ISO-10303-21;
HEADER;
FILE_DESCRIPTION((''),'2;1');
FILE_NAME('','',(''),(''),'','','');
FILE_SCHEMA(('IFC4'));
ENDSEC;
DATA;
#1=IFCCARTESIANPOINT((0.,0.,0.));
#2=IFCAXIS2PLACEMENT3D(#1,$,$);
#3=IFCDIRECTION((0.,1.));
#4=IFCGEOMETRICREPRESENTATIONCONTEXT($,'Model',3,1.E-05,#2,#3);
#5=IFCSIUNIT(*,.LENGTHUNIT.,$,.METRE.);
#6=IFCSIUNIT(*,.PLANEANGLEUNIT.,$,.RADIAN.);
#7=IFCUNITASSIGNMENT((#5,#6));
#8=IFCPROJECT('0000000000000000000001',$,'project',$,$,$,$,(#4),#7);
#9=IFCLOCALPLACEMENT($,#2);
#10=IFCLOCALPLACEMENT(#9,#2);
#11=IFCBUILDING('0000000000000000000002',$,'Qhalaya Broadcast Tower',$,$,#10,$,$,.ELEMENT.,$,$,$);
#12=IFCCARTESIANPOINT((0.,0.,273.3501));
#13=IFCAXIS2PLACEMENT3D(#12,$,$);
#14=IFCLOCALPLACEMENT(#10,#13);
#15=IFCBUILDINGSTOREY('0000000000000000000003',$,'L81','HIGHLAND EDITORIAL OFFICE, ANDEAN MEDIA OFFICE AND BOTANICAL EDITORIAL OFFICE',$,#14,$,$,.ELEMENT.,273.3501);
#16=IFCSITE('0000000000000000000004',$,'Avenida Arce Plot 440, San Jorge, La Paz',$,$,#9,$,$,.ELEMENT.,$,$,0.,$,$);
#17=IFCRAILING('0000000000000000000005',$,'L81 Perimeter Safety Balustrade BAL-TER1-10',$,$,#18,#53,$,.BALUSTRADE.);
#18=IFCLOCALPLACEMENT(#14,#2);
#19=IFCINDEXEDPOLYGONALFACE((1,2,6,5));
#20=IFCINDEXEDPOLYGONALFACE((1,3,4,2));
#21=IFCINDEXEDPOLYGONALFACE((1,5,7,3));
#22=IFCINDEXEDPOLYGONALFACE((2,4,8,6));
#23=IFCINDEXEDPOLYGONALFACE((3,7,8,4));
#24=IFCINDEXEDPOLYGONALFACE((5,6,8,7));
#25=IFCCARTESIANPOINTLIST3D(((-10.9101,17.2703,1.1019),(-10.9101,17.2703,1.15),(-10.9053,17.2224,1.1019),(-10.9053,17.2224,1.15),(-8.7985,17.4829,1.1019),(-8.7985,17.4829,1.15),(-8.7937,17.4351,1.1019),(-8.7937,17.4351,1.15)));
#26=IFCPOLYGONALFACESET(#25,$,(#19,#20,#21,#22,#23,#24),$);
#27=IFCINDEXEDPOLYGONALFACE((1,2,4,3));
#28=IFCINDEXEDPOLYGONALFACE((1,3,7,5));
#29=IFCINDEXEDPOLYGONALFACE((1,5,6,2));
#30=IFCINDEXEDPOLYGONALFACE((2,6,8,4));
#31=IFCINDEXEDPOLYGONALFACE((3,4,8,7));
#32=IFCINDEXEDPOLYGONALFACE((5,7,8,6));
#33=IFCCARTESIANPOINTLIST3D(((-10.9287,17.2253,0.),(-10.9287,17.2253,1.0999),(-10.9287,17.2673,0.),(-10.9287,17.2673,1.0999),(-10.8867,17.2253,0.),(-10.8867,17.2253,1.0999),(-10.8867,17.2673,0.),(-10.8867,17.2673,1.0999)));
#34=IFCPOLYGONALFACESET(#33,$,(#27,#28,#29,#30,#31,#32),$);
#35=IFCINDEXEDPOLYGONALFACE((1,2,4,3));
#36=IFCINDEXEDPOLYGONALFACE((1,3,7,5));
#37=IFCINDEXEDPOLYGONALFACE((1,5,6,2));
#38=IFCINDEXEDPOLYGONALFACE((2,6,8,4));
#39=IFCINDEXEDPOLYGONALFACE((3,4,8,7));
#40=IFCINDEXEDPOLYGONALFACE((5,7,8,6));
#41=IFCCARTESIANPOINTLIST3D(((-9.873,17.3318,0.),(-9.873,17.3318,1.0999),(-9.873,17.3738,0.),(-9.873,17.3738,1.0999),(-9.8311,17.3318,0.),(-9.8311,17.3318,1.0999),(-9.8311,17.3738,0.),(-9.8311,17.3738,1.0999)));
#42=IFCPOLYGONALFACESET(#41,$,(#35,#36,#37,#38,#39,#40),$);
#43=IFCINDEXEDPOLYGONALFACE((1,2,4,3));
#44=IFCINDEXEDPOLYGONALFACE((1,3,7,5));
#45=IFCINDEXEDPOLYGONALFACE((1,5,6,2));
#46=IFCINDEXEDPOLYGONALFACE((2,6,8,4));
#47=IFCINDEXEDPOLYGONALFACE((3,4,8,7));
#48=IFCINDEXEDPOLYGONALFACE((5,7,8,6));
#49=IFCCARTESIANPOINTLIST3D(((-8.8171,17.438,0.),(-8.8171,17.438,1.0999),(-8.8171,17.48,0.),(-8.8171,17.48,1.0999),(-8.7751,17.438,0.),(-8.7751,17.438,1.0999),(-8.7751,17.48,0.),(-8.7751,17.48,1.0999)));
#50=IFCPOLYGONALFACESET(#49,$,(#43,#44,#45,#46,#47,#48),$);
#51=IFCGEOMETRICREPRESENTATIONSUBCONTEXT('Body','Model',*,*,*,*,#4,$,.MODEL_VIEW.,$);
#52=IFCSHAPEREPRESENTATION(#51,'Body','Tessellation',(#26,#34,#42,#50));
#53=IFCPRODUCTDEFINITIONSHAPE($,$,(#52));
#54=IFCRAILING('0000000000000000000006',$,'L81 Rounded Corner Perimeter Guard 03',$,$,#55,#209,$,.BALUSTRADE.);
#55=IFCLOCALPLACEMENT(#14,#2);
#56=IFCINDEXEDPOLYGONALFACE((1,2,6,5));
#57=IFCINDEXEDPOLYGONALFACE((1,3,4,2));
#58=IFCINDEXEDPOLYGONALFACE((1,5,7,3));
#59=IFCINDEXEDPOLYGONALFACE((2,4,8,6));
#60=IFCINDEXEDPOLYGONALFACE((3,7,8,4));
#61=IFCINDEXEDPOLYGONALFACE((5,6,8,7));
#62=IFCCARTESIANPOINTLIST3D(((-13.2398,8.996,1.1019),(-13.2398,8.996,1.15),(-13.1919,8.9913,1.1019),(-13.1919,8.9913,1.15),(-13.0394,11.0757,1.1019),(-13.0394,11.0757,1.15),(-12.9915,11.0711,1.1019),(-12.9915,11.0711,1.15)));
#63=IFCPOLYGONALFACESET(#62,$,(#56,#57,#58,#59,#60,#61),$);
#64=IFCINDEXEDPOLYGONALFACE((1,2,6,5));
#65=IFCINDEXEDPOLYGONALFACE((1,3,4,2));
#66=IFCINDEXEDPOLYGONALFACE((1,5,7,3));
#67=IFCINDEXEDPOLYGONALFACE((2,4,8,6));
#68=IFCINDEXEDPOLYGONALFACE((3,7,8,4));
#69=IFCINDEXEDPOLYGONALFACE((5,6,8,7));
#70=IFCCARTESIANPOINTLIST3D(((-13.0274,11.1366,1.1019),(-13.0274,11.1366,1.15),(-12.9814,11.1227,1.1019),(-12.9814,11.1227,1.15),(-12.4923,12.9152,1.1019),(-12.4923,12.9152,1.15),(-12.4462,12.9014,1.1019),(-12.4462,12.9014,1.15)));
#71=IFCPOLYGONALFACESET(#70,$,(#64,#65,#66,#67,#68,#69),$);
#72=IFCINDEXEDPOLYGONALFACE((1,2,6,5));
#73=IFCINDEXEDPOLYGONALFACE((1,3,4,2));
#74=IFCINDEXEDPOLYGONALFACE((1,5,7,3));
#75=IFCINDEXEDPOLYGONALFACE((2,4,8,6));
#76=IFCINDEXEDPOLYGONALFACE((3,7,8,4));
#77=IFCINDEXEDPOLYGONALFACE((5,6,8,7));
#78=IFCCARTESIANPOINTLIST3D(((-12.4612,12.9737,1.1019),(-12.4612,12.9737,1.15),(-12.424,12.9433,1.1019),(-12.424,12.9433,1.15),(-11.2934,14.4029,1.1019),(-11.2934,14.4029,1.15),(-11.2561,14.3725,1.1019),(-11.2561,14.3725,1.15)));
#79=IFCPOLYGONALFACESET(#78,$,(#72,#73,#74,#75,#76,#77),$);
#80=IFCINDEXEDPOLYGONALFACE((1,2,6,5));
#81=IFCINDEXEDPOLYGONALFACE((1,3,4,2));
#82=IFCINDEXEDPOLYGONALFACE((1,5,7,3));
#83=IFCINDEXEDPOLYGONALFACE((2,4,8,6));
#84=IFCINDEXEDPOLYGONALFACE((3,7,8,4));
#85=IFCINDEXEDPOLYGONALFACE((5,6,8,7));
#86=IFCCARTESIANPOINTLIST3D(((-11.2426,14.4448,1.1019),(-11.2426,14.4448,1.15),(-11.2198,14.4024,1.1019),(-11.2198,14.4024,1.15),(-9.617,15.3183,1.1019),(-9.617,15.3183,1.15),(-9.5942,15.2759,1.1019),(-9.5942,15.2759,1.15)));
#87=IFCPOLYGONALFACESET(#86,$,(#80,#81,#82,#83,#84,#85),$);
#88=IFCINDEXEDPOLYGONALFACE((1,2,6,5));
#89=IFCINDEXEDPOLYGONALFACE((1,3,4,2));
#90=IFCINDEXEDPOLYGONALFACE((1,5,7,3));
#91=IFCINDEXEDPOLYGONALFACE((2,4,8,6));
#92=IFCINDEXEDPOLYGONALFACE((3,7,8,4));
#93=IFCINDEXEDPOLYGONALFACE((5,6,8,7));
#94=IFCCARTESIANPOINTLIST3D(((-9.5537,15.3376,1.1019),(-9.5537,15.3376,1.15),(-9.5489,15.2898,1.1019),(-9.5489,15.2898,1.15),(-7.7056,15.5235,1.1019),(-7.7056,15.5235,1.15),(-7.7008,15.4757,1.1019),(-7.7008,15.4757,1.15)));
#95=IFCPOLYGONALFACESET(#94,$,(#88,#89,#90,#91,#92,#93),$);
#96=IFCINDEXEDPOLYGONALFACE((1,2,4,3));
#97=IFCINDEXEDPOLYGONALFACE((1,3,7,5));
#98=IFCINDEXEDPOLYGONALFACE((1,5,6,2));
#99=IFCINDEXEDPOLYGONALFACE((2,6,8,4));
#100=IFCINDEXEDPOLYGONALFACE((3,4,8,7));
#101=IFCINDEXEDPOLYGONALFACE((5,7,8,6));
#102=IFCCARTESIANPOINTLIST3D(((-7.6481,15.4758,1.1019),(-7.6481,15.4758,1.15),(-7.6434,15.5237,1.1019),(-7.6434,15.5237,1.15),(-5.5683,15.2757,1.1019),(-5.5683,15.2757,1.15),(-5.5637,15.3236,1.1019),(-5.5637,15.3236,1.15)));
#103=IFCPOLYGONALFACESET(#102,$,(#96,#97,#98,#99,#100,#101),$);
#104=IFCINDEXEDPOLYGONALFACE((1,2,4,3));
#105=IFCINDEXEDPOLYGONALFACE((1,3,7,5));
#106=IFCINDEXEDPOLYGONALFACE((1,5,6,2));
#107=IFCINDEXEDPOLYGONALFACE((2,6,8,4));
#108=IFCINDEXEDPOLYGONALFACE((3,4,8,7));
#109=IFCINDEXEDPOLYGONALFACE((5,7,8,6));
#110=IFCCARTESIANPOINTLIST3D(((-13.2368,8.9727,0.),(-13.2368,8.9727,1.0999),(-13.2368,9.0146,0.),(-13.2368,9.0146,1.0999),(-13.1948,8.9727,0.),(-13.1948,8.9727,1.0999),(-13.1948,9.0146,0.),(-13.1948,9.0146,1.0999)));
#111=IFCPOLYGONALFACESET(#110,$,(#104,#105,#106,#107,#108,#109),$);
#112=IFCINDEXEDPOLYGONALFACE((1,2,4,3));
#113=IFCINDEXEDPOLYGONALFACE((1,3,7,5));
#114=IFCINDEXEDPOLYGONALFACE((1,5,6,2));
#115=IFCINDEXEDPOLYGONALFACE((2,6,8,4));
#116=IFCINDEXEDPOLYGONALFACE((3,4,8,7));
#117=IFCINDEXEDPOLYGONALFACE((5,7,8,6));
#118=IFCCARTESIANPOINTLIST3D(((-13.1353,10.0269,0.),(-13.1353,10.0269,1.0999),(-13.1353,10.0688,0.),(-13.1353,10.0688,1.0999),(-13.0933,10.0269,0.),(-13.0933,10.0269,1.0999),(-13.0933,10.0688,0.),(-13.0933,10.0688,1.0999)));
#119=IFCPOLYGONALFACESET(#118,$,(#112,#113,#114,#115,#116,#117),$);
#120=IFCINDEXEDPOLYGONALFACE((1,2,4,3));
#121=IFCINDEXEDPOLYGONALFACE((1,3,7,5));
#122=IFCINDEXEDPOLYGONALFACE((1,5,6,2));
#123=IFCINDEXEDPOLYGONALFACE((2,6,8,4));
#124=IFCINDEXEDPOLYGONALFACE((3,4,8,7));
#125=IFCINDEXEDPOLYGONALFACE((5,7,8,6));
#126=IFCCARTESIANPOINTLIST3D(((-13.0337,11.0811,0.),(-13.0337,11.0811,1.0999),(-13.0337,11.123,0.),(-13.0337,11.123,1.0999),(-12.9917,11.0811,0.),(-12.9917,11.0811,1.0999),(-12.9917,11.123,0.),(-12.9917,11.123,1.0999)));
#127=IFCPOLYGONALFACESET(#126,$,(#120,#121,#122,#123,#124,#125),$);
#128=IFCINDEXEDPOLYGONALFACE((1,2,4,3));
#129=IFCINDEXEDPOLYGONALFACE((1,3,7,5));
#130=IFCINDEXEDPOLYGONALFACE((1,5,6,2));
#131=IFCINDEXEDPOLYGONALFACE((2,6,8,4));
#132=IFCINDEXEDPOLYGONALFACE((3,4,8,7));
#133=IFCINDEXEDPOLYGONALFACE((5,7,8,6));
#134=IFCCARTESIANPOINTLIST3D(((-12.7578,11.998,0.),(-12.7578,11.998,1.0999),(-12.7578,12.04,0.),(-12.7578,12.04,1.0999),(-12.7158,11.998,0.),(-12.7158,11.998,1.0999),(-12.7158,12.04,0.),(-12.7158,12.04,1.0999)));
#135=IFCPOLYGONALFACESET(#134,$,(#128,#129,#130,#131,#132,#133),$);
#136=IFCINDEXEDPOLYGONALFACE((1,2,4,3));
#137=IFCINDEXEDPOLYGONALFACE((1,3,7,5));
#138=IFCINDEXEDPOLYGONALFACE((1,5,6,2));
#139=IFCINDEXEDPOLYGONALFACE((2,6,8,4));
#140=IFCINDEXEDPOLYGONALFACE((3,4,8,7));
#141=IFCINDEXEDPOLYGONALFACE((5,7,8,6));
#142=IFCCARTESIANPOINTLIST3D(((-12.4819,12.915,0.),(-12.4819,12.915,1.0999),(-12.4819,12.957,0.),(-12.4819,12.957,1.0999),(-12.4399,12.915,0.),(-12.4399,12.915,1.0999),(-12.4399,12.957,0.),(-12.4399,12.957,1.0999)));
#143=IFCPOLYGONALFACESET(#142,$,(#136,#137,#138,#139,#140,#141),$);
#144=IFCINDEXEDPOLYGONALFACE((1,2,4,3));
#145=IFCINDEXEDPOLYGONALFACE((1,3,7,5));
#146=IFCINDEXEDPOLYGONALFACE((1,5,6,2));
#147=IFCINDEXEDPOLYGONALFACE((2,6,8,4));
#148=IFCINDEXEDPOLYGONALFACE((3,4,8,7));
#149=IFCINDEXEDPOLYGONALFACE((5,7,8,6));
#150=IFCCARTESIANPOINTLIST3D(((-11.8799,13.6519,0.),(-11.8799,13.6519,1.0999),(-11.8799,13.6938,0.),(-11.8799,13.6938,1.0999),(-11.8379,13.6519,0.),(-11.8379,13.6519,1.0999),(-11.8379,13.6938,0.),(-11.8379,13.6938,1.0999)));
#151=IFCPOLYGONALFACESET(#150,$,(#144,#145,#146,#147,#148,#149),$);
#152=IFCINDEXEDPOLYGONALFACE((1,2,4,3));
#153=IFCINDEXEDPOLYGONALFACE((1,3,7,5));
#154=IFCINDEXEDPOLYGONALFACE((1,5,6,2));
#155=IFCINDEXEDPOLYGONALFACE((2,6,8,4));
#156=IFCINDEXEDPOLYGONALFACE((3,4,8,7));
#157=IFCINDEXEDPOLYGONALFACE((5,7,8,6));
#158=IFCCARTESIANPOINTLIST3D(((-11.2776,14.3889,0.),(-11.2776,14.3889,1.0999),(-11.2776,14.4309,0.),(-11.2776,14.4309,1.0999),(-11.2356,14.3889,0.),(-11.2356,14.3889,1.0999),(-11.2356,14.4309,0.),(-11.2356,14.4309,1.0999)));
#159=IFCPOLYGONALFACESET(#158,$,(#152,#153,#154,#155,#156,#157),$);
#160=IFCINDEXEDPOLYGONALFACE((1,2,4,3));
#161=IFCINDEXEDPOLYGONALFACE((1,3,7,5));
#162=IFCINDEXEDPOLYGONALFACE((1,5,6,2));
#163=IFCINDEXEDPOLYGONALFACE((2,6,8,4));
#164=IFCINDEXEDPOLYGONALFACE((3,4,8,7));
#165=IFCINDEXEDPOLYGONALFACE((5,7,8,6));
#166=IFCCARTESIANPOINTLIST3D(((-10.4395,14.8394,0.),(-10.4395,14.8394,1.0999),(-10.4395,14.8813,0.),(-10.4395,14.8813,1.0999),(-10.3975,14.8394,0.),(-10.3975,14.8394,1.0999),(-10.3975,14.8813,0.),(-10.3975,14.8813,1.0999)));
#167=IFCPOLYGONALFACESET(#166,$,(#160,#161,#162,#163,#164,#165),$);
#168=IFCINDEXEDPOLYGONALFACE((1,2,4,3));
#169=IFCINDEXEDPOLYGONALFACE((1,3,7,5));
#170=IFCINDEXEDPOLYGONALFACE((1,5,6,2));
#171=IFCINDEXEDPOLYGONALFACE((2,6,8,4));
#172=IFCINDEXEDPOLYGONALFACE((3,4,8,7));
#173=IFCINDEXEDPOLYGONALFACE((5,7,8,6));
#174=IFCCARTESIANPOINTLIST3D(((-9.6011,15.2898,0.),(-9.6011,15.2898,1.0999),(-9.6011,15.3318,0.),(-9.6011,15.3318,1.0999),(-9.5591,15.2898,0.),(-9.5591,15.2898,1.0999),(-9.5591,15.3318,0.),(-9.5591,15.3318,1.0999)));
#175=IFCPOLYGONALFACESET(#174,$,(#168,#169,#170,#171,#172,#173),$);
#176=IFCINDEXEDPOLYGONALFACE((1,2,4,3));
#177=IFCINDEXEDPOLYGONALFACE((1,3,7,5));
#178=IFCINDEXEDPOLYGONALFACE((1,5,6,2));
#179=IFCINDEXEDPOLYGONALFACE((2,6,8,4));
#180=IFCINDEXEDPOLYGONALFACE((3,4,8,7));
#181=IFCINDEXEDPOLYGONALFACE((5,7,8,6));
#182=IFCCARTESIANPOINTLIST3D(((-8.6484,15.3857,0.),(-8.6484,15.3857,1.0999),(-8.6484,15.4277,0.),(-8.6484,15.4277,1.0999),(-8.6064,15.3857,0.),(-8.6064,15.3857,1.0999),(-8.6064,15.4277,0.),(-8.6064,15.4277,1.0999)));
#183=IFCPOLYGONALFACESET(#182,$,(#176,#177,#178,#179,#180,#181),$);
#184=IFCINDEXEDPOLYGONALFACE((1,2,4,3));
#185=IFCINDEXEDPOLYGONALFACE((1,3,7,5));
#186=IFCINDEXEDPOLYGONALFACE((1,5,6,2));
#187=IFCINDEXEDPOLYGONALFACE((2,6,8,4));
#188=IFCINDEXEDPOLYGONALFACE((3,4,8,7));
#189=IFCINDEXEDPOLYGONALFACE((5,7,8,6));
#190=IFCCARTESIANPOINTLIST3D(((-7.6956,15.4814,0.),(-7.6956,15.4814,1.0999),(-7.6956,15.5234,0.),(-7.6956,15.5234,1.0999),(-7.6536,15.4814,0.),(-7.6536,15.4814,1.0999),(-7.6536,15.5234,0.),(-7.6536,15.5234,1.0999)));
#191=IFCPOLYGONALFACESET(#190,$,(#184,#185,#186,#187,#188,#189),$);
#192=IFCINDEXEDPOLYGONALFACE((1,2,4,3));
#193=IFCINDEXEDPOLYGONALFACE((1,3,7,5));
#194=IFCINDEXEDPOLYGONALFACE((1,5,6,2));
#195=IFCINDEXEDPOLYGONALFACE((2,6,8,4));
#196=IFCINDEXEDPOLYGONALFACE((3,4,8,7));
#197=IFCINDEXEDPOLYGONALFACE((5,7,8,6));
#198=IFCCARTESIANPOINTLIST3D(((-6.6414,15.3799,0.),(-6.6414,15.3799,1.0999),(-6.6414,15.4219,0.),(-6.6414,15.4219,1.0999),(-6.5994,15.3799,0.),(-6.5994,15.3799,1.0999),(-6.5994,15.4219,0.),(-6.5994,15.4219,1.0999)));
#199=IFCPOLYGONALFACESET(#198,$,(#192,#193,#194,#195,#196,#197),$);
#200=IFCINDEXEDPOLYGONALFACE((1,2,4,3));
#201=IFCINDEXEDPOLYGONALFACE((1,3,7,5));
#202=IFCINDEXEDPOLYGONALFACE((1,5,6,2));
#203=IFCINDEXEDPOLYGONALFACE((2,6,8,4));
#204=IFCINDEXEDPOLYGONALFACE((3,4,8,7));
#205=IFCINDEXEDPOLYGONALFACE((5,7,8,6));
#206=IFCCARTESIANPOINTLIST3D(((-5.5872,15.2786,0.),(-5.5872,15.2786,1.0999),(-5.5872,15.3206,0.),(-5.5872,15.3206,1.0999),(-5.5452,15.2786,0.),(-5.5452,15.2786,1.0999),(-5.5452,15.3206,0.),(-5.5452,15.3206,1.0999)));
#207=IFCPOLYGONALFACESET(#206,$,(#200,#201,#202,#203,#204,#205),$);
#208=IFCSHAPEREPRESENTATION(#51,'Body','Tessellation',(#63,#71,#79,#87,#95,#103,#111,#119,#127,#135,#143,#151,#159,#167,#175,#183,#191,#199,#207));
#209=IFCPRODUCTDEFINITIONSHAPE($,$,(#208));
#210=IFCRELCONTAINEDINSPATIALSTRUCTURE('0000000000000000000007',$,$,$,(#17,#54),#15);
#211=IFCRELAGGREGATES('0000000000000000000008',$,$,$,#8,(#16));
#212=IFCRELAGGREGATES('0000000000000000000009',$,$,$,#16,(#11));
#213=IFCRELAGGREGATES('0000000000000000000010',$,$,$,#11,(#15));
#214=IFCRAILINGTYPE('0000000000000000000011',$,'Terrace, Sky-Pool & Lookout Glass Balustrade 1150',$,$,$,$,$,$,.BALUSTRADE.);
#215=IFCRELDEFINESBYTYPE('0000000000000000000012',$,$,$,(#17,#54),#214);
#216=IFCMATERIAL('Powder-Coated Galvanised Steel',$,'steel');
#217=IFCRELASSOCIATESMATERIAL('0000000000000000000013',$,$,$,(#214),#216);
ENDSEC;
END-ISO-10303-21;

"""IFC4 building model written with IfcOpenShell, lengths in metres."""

from ifc_helpers import new_model, si_unit, direction, frame, origin, origin_2d, place, context, subcontext, project, spatial, rectangle, extrude, material, type_object, element, save


model = new_model("IFC4")

# Units and contexts
model_context = context("Model", 3, precision=1e-05, world=origin(), true_north=direction((0.0, 1.0)))
body_context = subcontext(model_context, "Body", "Model", "MODEL_VIEW")
ifc_project = project(units=[si_unit("LENGTHUNIT", "METRE"), si_unit("PLANEANGLEUNIT", "RADIAN")], contexts=[model_context])

# Site, building, storey
site_placement = place(None, origin())
site = spatial("IfcSite", under=ifc_project, at=site_placement, Name="Avenida Arce Plot 440, San Jorge, La Paz", CompositionType="ELEMENT", RefElevation=0.0)
building_placement = place(site_placement, origin())
building = spatial("IfcBuilding", under=site, at=building_placement, Name="Qhalaya Broadcast Tower", CompositionType="ELEMENT")
storey_placement = place(building_placement, frame((0.0, 0.0, 273.3501)))
storey = spatial("IfcBuildingStorey", under=building, at=storey_placement, Name="L81", Description="HIGHLAND EDITORIAL OFFICE, ANDEAN MEDIA OFFICE AND BOTANICAL EDITORIAL OFFICE", CompositionType="ELEMENT", Elevation=273.3501)

# Railings
ifc_material_1 = material(Name="Powder-Coated Galvanised Steel", Category="steel")
railing_type = type_object("IfcRailingType", Name="Terrace, Sky-Pool & Lookout Glass Balustrade 1150", PredefinedType="BALUSTRADE", material=ifc_material_1)
railing_1_placement = place(storey_placement, frame((-10.9077, 17.2463, 0.0)))
element("IfcRailing", 1, at=railing_1_placement, inside=storey, type_object=railing_type, Name="L81 Perimeter Safety Balustrade BAL-TER1-10", PredefinedType="BALUSTRADE", context=body_context, shape_type="SweptSolid", body=[
    extrude(rectangle(XDim=0.0481, YDim=0.0481, at=origin_2d()), frame((0.0, 0.0, 1.126), z_axis=(0.994967, 0.100198, 0.0), x_axis=(-0.100198, 0.994967, 0.0)), (0.0, 0.0, 1.0), 2.1223),
    extrude(rectangle(XDim=0.042, YDim=0.042, at=origin_2d()), origin(), (0.0, 0.0, 1.0), 1.0999),
    extrude(rectangle(XDim=0.042, YDim=0.042, at=origin_2d()), frame((1.0557, 0.1064, 0.0)), (0.0, 0.0, 1.0), 1.0999),
    extrude(rectangle(XDim=0.042, YDim=0.042, at=origin_2d()), frame((2.1116, 0.2126, 0.0)), (0.0, 0.0, 1.0), 1.0999),
])
railing_2_placement = place(storey_placement, frame((-13.2158, 8.9937, 0.0)))
element("IfcRailing", 2, at=railing_2_placement, inside=storey, type_object=railing_type, Name="L81 Rounded Corner Perimeter Guard 03", PredefinedType="BALUSTRADE", context=body_context, shape_type="SweptSolid", body=[
    extrude(rectangle(XDim=0.0481, YDim=0.0481, at=origin_2d()), frame((0.0, 0.0, 1.126), z_axis=(0.095897, 0.995391, 0.0), x_axis=(-0.995391, 0.095897, 0.0)), (0.0, 0.0, 1.0), 2.0894),
    extrude(rectangle(XDim=0.0481, YDim=0.0481, at=origin_2d()), frame((0.2114, 2.136, 1.126), z_axis=(0.288096, 0.957601, 0.0), x_axis=(-0.957601, 0.288096, 0.0)), (0.0, 0.0, 1.0), 1.8574),
    extrude(rectangle(XDim=0.0481, YDim=0.0481, at=origin_2d()), frame((0.7732, 3.9648, 1.126), z_axis=(0.632749, 0.774357, 0.0), x_axis=(-0.774357, 0.632749, 0.0)), (0.0, 0.0, 1.0), 1.8457),
    extrude(rectangle(XDim=0.0481, YDim=0.0481, at=origin_2d()), frame((1.9846, 5.4299, 1.126), z_axis=(0.880879, 0.473342, 0.0), x_axis=(-0.473342, 0.880879, 0.0)), (0.0, 0.0, 1.0), 1.8455),
    extrude(rectangle(XDim=0.0481, YDim=0.0481, at=origin_2d()), frame((3.6646, 6.3201, 1.126), z_axis=(0.99498, 0.100072, 0.0), x_axis=(-0.100072, 0.99498, 0.0)), (0.0, 0.0, 1.0), 1.8574),
    extrude(rectangle(XDim=0.0481, YDim=0.0481, at=origin_2d()), frame((5.5701, 6.5061, 1.126), z_axis=(0.995402, -0.095783, 0.0), x_axis=(0.095783, 0.995402, 0.0)), (0.0, 0.0, 1.0), 2.0894),
    extrude(rectangle(XDim=0.042, YDim=0.042, at=origin_2d()), origin(), (0.0, 0.0, 1.0), 1.0999),
    extrude(rectangle(XDim=0.042, YDim=0.042, at=origin_2d()), frame((0.1016, 1.0542, 0.0)), (0.0, 0.0, 1.0), 1.0999),
    extrude(rectangle(XDim=0.042, YDim=0.042, at=origin_2d()), frame((0.2031, 2.1084, 0.0)), (0.0, 0.0, 1.0), 1.0999),
    extrude(rectangle(XDim=0.042, YDim=0.042, at=origin_2d()), frame((0.479, 3.0254, 0.0)), (0.0, 0.0, 1.0), 1.0999),
    extrude(rectangle(XDim=0.042, YDim=0.042, at=origin_2d()), frame((0.7549, 3.9424, 0.0)), (0.0, 0.0, 1.0), 1.0999),
    extrude(rectangle(XDim=0.042, YDim=0.042, at=origin_2d()), frame((1.3569, 4.6792, 0.0)), (0.0, 0.0, 1.0), 1.0999),
    extrude(rectangle(XDim=0.042, YDim=0.042, at=origin_2d()), frame((1.9592, 5.4163, 0.0)), (0.0, 0.0, 1.0), 1.0999),
    extrude(rectangle(XDim=0.042, YDim=0.042, at=origin_2d()), frame((2.7974, 5.8667, 0.0)), (0.0, 0.0, 1.0), 1.0999),
    extrude(rectangle(XDim=0.042, YDim=0.042, at=origin_2d()), frame((3.6357, 6.3171, 0.0)), (0.0, 0.0, 1.0), 1.0999),
    extrude(rectangle(XDim=0.042, YDim=0.042, at=origin_2d()), frame((4.5884, 6.4131, 0.0)), (0.0, 0.0, 1.0), 1.0999),
    extrude(rectangle(XDim=0.042, YDim=0.042, at=origin_2d()), frame((5.5413, 6.5088, 0.0)), (0.0, 0.0, 1.0), 1.0999),
    extrude(rectangle(XDim=0.042, YDim=0.042, at=origin_2d()), frame((6.5955, 6.4072, 0.0)), (0.0, 0.0, 1.0), 1.0999),
    extrude(rectangle(XDim=0.042, YDim=0.042, at=origin_2d()), frame((7.6497, 6.3059, 0.0)), (0.0, 0.0, 1.0), 1.0999),
])

save(model, "model.ifc")
